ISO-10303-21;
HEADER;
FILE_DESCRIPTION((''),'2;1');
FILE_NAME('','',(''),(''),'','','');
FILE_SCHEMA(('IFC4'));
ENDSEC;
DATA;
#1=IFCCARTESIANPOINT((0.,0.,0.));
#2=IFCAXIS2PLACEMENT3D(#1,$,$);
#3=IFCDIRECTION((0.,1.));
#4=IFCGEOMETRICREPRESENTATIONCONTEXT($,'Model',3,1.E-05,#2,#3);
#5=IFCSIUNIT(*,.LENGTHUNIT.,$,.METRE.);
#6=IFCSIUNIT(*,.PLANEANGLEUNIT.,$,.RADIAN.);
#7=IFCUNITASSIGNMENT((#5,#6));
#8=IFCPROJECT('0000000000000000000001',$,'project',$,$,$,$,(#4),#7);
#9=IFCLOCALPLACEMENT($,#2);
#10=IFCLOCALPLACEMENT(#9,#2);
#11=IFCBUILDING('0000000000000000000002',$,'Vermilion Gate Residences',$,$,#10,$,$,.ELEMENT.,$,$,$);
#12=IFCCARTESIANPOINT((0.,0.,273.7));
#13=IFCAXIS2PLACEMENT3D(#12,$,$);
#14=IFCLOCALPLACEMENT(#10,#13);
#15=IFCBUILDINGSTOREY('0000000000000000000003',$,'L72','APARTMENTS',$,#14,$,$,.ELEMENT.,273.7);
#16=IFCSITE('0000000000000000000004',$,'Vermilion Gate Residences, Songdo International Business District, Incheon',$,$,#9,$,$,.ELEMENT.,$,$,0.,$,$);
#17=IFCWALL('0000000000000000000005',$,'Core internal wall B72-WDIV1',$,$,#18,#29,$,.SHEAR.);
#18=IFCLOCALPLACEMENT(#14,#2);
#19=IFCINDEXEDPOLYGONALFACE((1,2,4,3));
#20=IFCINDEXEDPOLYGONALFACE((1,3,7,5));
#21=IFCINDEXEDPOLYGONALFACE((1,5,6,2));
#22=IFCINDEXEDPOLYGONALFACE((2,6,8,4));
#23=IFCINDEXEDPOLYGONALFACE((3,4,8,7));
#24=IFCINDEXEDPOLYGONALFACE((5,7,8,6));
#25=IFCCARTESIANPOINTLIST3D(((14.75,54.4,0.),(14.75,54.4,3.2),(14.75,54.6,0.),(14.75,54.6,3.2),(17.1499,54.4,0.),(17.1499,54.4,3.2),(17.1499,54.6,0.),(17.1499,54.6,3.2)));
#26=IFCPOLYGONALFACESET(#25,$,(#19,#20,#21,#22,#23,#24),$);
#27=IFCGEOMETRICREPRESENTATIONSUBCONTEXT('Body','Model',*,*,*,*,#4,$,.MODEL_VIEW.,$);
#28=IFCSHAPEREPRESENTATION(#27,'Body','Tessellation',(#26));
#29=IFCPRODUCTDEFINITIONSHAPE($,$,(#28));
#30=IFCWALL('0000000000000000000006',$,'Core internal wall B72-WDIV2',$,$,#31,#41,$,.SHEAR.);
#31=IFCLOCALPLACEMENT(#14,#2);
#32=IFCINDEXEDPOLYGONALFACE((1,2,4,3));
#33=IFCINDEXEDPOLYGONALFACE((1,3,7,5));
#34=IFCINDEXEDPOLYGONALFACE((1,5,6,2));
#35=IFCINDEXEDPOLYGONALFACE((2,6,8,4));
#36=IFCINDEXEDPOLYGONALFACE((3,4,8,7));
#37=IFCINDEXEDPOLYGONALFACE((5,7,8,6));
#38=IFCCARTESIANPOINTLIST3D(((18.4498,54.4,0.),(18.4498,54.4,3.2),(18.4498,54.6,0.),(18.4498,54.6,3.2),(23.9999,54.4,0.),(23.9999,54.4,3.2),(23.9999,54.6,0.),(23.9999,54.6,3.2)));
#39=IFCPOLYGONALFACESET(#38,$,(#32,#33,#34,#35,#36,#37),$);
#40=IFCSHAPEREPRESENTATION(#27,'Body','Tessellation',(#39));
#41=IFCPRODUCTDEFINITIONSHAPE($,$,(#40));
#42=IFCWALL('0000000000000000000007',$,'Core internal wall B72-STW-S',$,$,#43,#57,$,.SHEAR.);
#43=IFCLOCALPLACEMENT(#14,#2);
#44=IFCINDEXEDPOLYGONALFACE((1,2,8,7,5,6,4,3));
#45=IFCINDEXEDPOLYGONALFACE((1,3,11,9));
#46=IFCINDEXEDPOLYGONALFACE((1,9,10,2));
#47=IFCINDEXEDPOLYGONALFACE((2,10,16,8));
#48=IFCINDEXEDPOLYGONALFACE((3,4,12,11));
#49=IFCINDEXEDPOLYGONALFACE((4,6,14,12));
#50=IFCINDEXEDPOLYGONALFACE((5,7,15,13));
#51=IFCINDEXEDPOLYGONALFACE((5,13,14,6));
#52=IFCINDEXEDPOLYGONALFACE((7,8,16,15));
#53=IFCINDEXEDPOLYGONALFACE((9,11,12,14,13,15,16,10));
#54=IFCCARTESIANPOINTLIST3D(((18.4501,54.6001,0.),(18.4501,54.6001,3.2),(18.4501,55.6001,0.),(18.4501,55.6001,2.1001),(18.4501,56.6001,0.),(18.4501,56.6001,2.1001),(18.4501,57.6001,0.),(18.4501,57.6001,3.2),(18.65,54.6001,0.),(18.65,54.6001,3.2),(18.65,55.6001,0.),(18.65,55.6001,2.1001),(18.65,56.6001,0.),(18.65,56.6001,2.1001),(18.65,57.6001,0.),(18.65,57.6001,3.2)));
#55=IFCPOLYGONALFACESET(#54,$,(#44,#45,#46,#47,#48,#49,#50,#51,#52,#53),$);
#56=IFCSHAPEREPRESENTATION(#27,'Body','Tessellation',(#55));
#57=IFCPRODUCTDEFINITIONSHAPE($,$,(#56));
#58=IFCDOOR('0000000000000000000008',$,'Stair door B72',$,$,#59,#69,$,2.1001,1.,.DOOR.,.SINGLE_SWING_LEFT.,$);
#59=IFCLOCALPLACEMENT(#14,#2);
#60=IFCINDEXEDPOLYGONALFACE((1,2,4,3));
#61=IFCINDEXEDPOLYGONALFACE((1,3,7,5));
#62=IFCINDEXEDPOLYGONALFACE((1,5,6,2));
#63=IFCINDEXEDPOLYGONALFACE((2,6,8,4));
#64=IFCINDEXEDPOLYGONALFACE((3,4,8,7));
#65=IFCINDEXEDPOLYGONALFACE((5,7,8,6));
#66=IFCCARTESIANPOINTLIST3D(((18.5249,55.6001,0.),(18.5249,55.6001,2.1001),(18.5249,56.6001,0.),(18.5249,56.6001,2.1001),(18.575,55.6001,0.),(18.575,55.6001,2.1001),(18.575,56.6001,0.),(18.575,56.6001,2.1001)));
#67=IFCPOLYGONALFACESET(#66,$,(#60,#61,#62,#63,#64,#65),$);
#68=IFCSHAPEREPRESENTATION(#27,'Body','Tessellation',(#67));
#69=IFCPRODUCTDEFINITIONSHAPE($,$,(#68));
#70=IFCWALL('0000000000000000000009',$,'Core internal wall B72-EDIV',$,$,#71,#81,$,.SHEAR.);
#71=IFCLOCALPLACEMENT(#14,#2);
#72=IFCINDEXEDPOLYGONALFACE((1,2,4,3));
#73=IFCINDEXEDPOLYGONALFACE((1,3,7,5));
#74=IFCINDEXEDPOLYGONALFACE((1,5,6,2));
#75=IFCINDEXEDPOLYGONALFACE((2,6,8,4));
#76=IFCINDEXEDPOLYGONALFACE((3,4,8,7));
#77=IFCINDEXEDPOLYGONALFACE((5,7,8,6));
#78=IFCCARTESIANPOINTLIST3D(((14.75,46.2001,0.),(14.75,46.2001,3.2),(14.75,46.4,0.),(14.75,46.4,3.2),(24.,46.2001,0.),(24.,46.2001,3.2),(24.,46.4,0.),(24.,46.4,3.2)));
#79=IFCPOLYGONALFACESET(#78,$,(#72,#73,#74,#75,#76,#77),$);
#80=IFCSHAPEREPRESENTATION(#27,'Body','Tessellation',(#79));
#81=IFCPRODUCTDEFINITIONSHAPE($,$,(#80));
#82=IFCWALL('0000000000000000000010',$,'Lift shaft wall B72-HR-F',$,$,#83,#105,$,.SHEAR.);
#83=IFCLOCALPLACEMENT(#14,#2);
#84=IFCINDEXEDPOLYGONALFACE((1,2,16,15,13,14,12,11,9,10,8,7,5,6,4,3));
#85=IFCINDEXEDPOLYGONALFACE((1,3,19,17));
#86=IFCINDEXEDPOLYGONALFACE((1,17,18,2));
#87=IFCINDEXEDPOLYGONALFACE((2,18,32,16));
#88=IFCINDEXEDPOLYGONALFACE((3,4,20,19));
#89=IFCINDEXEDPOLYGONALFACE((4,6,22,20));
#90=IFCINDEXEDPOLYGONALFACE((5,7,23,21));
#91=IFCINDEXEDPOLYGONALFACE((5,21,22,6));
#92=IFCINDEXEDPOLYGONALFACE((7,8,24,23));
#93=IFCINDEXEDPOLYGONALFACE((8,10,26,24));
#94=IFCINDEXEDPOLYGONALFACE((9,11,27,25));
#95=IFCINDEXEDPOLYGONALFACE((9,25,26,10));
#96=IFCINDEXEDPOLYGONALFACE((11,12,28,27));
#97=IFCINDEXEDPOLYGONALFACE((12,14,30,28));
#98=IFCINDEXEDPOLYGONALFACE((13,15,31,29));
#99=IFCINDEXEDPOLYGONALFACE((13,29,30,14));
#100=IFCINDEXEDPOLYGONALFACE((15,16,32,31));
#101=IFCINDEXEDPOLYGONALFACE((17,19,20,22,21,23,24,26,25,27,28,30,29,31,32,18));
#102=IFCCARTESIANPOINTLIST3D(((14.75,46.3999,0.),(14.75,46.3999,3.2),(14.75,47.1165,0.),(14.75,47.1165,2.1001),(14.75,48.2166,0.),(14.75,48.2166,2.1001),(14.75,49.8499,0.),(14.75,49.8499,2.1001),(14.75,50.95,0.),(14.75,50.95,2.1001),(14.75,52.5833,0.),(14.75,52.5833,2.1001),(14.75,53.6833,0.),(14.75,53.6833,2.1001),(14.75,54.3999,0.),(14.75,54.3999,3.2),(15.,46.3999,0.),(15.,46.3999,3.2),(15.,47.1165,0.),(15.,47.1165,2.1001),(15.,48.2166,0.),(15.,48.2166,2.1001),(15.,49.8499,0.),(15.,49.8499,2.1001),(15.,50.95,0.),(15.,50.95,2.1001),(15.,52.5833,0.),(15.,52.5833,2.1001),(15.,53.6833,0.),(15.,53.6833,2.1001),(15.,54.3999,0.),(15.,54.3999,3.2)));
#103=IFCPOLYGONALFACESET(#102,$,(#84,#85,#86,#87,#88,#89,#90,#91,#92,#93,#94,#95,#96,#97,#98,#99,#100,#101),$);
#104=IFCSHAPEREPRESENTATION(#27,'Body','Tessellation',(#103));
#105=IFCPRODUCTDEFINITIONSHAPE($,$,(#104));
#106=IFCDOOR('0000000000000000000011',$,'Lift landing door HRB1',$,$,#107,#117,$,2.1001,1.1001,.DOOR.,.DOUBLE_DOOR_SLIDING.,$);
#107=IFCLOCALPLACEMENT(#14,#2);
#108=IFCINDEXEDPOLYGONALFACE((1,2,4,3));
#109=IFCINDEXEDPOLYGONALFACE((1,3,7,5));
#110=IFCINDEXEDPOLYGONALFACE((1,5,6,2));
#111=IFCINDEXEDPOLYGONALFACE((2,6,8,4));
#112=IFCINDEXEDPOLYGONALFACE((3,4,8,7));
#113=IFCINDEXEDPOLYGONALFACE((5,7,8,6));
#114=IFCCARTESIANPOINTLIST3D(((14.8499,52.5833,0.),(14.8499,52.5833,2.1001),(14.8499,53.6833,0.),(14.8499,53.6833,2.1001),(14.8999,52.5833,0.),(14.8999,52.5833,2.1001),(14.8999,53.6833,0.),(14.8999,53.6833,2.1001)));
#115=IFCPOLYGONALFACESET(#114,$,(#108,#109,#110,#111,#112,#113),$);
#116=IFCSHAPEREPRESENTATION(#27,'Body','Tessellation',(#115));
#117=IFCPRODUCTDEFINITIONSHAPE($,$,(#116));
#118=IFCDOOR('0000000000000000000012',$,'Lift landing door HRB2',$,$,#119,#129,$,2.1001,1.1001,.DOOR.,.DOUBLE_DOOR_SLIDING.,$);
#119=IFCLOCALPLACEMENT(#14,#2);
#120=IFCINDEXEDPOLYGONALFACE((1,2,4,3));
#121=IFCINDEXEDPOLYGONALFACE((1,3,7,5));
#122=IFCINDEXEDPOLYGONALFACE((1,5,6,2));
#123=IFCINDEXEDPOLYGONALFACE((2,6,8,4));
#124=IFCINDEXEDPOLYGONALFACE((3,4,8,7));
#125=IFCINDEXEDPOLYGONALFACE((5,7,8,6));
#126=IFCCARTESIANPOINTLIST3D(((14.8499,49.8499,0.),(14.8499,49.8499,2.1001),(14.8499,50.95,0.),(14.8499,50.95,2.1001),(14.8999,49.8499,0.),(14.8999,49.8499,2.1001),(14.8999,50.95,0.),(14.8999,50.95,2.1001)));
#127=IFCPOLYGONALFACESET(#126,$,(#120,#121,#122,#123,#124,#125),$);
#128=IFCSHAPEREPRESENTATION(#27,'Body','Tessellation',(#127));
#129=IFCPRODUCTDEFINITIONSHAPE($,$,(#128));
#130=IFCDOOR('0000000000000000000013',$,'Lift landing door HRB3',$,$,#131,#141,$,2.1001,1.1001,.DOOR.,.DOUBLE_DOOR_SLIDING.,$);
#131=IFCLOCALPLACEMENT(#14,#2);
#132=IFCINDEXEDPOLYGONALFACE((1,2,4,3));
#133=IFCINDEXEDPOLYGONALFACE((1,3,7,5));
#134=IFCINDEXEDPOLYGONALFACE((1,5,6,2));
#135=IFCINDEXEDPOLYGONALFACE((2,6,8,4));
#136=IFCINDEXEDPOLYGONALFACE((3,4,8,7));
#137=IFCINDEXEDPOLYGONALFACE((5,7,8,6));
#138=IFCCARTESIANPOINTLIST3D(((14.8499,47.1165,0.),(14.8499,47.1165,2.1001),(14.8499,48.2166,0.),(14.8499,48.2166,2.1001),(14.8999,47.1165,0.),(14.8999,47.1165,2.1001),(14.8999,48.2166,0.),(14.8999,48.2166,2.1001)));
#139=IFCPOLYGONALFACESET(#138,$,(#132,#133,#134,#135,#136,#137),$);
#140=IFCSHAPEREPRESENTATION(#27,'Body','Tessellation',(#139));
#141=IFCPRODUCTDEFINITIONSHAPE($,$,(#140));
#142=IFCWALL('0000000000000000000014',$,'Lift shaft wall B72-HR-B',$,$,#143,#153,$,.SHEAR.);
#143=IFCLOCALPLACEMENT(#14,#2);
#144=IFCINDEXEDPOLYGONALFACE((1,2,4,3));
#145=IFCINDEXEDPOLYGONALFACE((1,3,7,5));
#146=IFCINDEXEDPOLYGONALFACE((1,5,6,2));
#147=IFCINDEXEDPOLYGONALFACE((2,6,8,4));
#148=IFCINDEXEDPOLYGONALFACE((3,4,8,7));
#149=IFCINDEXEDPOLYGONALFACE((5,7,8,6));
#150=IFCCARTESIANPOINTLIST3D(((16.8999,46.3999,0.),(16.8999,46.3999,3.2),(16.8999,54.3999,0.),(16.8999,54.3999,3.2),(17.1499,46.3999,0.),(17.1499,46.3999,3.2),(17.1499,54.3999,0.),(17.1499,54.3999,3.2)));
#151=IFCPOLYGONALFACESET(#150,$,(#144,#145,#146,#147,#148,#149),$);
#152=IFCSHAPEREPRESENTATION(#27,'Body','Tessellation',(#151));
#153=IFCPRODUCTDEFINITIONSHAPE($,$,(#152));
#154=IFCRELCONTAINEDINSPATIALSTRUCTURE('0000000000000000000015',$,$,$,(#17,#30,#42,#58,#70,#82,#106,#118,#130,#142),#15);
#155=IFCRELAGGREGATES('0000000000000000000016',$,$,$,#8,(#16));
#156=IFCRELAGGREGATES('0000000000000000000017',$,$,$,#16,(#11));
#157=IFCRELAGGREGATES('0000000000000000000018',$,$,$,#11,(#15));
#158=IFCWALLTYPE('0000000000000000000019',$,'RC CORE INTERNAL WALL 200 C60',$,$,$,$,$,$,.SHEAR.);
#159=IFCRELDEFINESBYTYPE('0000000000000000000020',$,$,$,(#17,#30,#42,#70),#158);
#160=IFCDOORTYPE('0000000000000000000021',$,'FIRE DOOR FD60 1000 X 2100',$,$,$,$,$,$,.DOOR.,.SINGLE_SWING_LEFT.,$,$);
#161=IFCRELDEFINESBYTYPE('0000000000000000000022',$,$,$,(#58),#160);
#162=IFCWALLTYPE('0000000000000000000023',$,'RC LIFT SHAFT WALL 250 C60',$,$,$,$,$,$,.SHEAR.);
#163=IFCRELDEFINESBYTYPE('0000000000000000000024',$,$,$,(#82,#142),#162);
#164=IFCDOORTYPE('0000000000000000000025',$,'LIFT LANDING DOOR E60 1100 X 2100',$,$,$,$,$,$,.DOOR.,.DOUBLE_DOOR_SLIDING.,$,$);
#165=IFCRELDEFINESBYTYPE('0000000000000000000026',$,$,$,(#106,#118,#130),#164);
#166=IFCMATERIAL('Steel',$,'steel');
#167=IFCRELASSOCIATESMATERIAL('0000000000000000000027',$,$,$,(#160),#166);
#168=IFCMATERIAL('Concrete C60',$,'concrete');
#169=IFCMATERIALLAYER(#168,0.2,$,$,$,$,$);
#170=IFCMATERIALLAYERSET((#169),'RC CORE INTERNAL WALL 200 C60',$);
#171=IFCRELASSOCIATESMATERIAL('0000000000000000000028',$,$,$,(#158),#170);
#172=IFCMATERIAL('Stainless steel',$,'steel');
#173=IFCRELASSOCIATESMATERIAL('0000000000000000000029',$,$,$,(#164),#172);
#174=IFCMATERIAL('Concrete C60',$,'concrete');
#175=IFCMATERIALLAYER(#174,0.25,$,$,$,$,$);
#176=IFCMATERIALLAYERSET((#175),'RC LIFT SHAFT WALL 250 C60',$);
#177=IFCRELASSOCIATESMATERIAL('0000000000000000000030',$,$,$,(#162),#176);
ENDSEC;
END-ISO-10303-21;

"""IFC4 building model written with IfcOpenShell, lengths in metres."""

from ifc_helpers import new_model, si_unit, direction, frame, frame_2d, origin, place, context, subcontext, project, spatial, rectangle, extrude, material, layer, layer_set, type_object, element, fill, save


model = new_model("IFC4")

# Units and contexts
model_context = context("Model", 3, precision=1e-05, world=origin(), true_north=direction((0.0, 1.0)))
body_context = subcontext(model_context, "Body", "Model", "MODEL_VIEW")
ifc_project = project(units=[si_unit("LENGTHUNIT", "METRE"), si_unit("PLANEANGLEUNIT", "RADIAN")], contexts=[model_context])

# Site, building, storey
site_placement = place(None, origin())
site = spatial("IfcSite", under=ifc_project, at=site_placement, Name="Vermilion Gate Residences, Songdo International Business District, Incheon", CompositionType="ELEMENT", RefElevation=0.0)
building_placement = place(site_placement, origin())
building = spatial("IfcBuilding", under=site, at=building_placement, Name="Vermilion Gate Residences", CompositionType="ELEMENT")
storey_placement = place(building_placement, frame((0.0, 0.0, 273.7)))
storey = spatial("IfcBuildingStorey", under=building, at=storey_placement, Name="L72", Description="APARTMENTS", CompositionType="ELEMENT", Elevation=273.7)

# Shared definitions
ifc_material_1 = material(Name="Steel", Category="steel")
door_type_1 = type_object("IfcDoorType", Name="FIRE DOOR FD60 1000 X 2100", OperationType="SINGLE_SWING_LEFT", PredefinedType="DOOR", material=ifc_material_1)

# Shared definitions
ifc_material_2 = material(Name="Concrete C60", Category="concrete")
ifc_layer_1 = layer(ifc_material_2, 0.2)
ifc_layer_set_1 = layer_set([ifc_layer_1], Name="RC CORE INTERNAL WALL 200 C60")
wall_type_1 = type_object("IfcWallType", Name="RC CORE INTERNAL WALL 200 C60", PredefinedType="SHEAR", material=ifc_layer_set_1)

# Shared definitions
ifc_material_3 = material(Name="Stainless steel", Category="steel")
door_type_2 = type_object("IfcDoorType", Name="LIFT LANDING DOOR E60 1100 X 2100", OperationType="DOUBLE_DOOR_SLIDING", PredefinedType="DOOR", material=ifc_material_3)

# Walls
wall_1_placement = place(storey_placement, frame((14.75, 54.5, 0.0), z_axis=(0.0, 0.0, 1.0), x_axis=(1.0, 0.0, 0.0)))
element("IfcWall", 1, at=wall_1_placement, inside=storey, type_object=wall_type_1, Name="Core internal wall B72-WDIV1", PredefinedType="SHEAR", context=body_context, shape_type="SweptSolid", body=[
    extrude(rectangle(XDim=2.3999, YDim=0.2, at=frame_2d((1.2, 0.0))), origin(), (0.0, 0.0, 1.0), 3.2),
])
wall_2_placement = place(storey_placement, frame((18.45, 54.5, 0.0), z_axis=(0.0, 0.0, 1.0), x_axis=(1.0, 0.0, 0.0)))
element("IfcWall", 2, at=wall_2_placement, inside=storey, type_object=wall_type_1, Name="Core internal wall B72-WDIV2", PredefinedType="SHEAR", context=body_context, shape_type="SweptSolid", body=[
    extrude(rectangle(XDim=5.55, YDim=0.2, at=frame_2d((2.7749, 0.0))), origin(), (0.0, 0.0, 1.0), 3.2),
])

# Wall, opening, door
wall_3_placement = place(storey_placement, frame((18.55, 57.6001, 0.0), z_axis=(0.0, 0.0, 1.0), x_axis=(0.0, -1.0, 0.0)))
wall_3 = element("IfcWall", 3, at=wall_3_placement, inside=storey, type_object=wall_type_1, Name="Core internal wall B72-STW-S", PredefinedType="SHEAR", context=body_context, shape_type="SweptSolid", body=[
    extrude(rectangle(XDim=3.0, YDim=0.2, at=frame_2d((1.5, 0.0))), origin(), (0.0, 0.0, 1.0), 3.2),
])
opening_1_placement = place(wall_3_placement, frame((1.0, 0.0, 0.0)))
opening_1 = element("IfcOpeningElement", 4, at=opening_1_placement, cuts=wall_3, PredefinedType="OPENING", context=body_context, shape_type="SweptSolid", body=[
    extrude(rectangle(XDim=1.0, YDim=2.1001, at=frame_2d((0.5, 1.05))), frame((0.0, 0.1099, 0.0), z_axis=(0.0, -1.0, 0.0), x_axis=(1.0, 0.0, 0.0)), (0.0, 0.0, 1.0), 0.22),
])
door_1_placement = place(opening_1_placement, origin())
door_1 = element("IfcDoor", 5, at=door_1_placement, inside=storey, type_object=door_type_1, Name="Stair door B72", OperationType="SINGLE_SWING_LEFT", OverallHeight=2.1001, OverallWidth=1.0, PredefinedType="DOOR", context=body_context, shape_type="SweptSolid", body=[
    extrude(rectangle(XDim=1.0, YDim=2.1001, at=frame_2d((0.5, 1.05))), frame((0.0, 0.0249, 0.0), z_axis=(0.0, -1.0, 0.0), x_axis=(1.0, 0.0, 0.0)), (0.0, 0.0, 1.0), 0.05),
])
fill(opening_1, door_1)

# Wall
wall_4_placement = place(storey_placement, frame((14.75, 46.3, 0.0), z_axis=(0.0, 0.0, 1.0), x_axis=(1.0, 0.0, 0.0)))
element("IfcWall", 6, at=wall_4_placement, inside=storey, type_object=wall_type_1, Name="Core internal wall B72-EDIV", PredefinedType="SHEAR", context=body_context, shape_type="SweptSolid", body=[
    extrude(rectangle(XDim=9.25, YDim=0.2, at=frame_2d((4.625, 0.0))), origin(), (0.0, 0.0, 1.0), 3.2),
])

# Wall, openings, doors
ifc_material_4 = material(Name="Concrete C60", Category="concrete")
ifc_layer_2 = layer(ifc_material_4, 0.25)
ifc_layer_set_2 = layer_set([ifc_layer_2], Name="RC LIFT SHAFT WALL 250 C60")
wall_type_2 = type_object("IfcWallType", Name="RC LIFT SHAFT WALL 250 C60", PredefinedType="SHEAR", material=ifc_layer_set_2)
wall_5_placement = place(storey_placement, frame((14.875, 54.3999, 0.0), z_axis=(0.0, 0.0, 1.0), x_axis=(0.0, -1.0, 0.0)))
wall_5 = element("IfcWall", 7, at=wall_5_placement, inside=storey, type_object=wall_type_2, Name="Lift shaft wall B72-HR-F", PredefinedType="SHEAR", context=body_context, shape_type="SweptSolid", body=[
    extrude(rectangle(XDim=8.0, YDim=0.25, at=frame_2d((4.0, 0.0))), origin(), (0.0, 0.0, 1.0), 3.2),
])
opening_2_placement = place(wall_5_placement, frame((0.7166, 0.0, 0.0)))
opening_2 = element("IfcOpeningElement", 8, at=opening_2_placement, cuts=wall_5, PredefinedType="OPENING", context=body_context, shape_type="SweptSolid", body=[
    extrude(rectangle(XDim=1.1001, YDim=2.1001, at=frame_2d((0.55, 1.05))), frame((0.0, 0.135, 0.0), z_axis=(0.0, -1.0, 0.0), x_axis=(1.0, 0.0, 0.0)), (0.0, 0.0, 1.0), 0.27),
])
opening_3_placement = place(wall_5_placement, frame((3.45, 0.0, 0.0)))
opening_3 = element("IfcOpeningElement", 9, at=opening_3_placement, cuts=wall_5, PredefinedType="OPENING", context=body_context, shape_type="SweptSolid", body=[
    extrude(rectangle(XDim=1.1001, YDim=2.1001, at=frame_2d((0.55, 1.05))), frame((0.0, 0.135, 0.0), z_axis=(0.0, -1.0, 0.0), x_axis=(1.0, 0.0, 0.0)), (0.0, 0.0, 1.0), 0.27),
])
opening_4_placement = place(wall_5_placement, frame((6.1833, 0.0, 0.0)))
opening_4 = element("IfcOpeningElement", 10, at=opening_4_placement, cuts=wall_5, PredefinedType="OPENING", context=body_context, shape_type="SweptSolid", body=[
    extrude(rectangle(XDim=1.1001, YDim=2.1001, at=frame_2d((0.55, 1.05))), frame((0.0, 0.135, 0.0), z_axis=(0.0, -1.0, 0.0), x_axis=(1.0, 0.0, 0.0)), (0.0, 0.0, 1.0), 0.27),
])
door_2_placement = place(opening_2_placement, origin())
door_2 = element("IfcDoor", 11, at=door_2_placement, inside=storey, type_object=door_type_2, Name="Lift landing door HRB1", OperationType="DOUBLE_DOOR_SLIDING", OverallHeight=2.1001, OverallWidth=1.1001, PredefinedType="DOOR", context=body_context, shape_type="SweptSolid", body=[
    extrude(rectangle(XDim=1.1001, YDim=2.1001, at=frame_2d((0.55, 1.05))), frame((0.0, 0.0249, 0.0), z_axis=(0.0, -1.0, 0.0), x_axis=(1.0, 0.0, 0.0)), (0.0, 0.0, 1.0), 0.05),
])
fill(opening_2, door_2)
door_3_placement = place(opening_3_placement, origin())
door_3 = element("IfcDoor", 12, at=door_3_placement, inside=storey, type_object=door_type_2, Name="Lift landing door HRB2", OperationType="DOUBLE_DOOR_SLIDING", OverallHeight=2.1001, OverallWidth=1.1001, PredefinedType="DOOR", context=body_context, shape_type="SweptSolid", body=[
    extrude(rectangle(XDim=1.1001, YDim=2.1001, at=frame_2d((0.55, 1.05))), frame((0.0, 0.0249, 0.0), z_axis=(0.0, -1.0, 0.0), x_axis=(1.0, 0.0, 0.0)), (0.0, 0.0, 1.0), 0.05),
])
fill(opening_3, door_3)
door_4_placement = place(opening_4_placement, origin())
door_4 = element("IfcDoor", 13, at=door_4_placement, inside=storey, type_object=door_type_2, Name="Lift landing door HRB3", OperationType="DOUBLE_DOOR_SLIDING", OverallHeight=2.1001, OverallWidth=1.1001, PredefinedType="DOOR", context=body_context, shape_type="SweptSolid", body=[
    extrude(rectangle(XDim=1.1001, YDim=2.1001, at=frame_2d((0.55, 1.05))), frame((0.0, 0.0249, 0.0), z_axis=(0.0, -1.0, 0.0), x_axis=(1.0, 0.0, 0.0)), (0.0, 0.0, 1.0), 0.05),
])
fill(opening_4, door_4)

# Wall
wall_6_placement = place(storey_placement, frame((17.0249, 54.3999, 0.0), z_axis=(0.0, 0.0, 1.0), x_axis=(0.0, -1.0, 0.0)))
element("IfcWall", 14, at=wall_6_placement, inside=storey, type_object=wall_type_2, Name="Lift shaft wall B72-HR-B", PredefinedType="SHEAR", context=body_context, shape_type="SweptSolid", body=[
    extrude(rectangle(XDim=8.0, YDim=0.25, at=frame_2d((4.0, 0.0))), origin(), (0.0, 0.0, 1.0), 3.2),
])

save(model, "model.ifc")
